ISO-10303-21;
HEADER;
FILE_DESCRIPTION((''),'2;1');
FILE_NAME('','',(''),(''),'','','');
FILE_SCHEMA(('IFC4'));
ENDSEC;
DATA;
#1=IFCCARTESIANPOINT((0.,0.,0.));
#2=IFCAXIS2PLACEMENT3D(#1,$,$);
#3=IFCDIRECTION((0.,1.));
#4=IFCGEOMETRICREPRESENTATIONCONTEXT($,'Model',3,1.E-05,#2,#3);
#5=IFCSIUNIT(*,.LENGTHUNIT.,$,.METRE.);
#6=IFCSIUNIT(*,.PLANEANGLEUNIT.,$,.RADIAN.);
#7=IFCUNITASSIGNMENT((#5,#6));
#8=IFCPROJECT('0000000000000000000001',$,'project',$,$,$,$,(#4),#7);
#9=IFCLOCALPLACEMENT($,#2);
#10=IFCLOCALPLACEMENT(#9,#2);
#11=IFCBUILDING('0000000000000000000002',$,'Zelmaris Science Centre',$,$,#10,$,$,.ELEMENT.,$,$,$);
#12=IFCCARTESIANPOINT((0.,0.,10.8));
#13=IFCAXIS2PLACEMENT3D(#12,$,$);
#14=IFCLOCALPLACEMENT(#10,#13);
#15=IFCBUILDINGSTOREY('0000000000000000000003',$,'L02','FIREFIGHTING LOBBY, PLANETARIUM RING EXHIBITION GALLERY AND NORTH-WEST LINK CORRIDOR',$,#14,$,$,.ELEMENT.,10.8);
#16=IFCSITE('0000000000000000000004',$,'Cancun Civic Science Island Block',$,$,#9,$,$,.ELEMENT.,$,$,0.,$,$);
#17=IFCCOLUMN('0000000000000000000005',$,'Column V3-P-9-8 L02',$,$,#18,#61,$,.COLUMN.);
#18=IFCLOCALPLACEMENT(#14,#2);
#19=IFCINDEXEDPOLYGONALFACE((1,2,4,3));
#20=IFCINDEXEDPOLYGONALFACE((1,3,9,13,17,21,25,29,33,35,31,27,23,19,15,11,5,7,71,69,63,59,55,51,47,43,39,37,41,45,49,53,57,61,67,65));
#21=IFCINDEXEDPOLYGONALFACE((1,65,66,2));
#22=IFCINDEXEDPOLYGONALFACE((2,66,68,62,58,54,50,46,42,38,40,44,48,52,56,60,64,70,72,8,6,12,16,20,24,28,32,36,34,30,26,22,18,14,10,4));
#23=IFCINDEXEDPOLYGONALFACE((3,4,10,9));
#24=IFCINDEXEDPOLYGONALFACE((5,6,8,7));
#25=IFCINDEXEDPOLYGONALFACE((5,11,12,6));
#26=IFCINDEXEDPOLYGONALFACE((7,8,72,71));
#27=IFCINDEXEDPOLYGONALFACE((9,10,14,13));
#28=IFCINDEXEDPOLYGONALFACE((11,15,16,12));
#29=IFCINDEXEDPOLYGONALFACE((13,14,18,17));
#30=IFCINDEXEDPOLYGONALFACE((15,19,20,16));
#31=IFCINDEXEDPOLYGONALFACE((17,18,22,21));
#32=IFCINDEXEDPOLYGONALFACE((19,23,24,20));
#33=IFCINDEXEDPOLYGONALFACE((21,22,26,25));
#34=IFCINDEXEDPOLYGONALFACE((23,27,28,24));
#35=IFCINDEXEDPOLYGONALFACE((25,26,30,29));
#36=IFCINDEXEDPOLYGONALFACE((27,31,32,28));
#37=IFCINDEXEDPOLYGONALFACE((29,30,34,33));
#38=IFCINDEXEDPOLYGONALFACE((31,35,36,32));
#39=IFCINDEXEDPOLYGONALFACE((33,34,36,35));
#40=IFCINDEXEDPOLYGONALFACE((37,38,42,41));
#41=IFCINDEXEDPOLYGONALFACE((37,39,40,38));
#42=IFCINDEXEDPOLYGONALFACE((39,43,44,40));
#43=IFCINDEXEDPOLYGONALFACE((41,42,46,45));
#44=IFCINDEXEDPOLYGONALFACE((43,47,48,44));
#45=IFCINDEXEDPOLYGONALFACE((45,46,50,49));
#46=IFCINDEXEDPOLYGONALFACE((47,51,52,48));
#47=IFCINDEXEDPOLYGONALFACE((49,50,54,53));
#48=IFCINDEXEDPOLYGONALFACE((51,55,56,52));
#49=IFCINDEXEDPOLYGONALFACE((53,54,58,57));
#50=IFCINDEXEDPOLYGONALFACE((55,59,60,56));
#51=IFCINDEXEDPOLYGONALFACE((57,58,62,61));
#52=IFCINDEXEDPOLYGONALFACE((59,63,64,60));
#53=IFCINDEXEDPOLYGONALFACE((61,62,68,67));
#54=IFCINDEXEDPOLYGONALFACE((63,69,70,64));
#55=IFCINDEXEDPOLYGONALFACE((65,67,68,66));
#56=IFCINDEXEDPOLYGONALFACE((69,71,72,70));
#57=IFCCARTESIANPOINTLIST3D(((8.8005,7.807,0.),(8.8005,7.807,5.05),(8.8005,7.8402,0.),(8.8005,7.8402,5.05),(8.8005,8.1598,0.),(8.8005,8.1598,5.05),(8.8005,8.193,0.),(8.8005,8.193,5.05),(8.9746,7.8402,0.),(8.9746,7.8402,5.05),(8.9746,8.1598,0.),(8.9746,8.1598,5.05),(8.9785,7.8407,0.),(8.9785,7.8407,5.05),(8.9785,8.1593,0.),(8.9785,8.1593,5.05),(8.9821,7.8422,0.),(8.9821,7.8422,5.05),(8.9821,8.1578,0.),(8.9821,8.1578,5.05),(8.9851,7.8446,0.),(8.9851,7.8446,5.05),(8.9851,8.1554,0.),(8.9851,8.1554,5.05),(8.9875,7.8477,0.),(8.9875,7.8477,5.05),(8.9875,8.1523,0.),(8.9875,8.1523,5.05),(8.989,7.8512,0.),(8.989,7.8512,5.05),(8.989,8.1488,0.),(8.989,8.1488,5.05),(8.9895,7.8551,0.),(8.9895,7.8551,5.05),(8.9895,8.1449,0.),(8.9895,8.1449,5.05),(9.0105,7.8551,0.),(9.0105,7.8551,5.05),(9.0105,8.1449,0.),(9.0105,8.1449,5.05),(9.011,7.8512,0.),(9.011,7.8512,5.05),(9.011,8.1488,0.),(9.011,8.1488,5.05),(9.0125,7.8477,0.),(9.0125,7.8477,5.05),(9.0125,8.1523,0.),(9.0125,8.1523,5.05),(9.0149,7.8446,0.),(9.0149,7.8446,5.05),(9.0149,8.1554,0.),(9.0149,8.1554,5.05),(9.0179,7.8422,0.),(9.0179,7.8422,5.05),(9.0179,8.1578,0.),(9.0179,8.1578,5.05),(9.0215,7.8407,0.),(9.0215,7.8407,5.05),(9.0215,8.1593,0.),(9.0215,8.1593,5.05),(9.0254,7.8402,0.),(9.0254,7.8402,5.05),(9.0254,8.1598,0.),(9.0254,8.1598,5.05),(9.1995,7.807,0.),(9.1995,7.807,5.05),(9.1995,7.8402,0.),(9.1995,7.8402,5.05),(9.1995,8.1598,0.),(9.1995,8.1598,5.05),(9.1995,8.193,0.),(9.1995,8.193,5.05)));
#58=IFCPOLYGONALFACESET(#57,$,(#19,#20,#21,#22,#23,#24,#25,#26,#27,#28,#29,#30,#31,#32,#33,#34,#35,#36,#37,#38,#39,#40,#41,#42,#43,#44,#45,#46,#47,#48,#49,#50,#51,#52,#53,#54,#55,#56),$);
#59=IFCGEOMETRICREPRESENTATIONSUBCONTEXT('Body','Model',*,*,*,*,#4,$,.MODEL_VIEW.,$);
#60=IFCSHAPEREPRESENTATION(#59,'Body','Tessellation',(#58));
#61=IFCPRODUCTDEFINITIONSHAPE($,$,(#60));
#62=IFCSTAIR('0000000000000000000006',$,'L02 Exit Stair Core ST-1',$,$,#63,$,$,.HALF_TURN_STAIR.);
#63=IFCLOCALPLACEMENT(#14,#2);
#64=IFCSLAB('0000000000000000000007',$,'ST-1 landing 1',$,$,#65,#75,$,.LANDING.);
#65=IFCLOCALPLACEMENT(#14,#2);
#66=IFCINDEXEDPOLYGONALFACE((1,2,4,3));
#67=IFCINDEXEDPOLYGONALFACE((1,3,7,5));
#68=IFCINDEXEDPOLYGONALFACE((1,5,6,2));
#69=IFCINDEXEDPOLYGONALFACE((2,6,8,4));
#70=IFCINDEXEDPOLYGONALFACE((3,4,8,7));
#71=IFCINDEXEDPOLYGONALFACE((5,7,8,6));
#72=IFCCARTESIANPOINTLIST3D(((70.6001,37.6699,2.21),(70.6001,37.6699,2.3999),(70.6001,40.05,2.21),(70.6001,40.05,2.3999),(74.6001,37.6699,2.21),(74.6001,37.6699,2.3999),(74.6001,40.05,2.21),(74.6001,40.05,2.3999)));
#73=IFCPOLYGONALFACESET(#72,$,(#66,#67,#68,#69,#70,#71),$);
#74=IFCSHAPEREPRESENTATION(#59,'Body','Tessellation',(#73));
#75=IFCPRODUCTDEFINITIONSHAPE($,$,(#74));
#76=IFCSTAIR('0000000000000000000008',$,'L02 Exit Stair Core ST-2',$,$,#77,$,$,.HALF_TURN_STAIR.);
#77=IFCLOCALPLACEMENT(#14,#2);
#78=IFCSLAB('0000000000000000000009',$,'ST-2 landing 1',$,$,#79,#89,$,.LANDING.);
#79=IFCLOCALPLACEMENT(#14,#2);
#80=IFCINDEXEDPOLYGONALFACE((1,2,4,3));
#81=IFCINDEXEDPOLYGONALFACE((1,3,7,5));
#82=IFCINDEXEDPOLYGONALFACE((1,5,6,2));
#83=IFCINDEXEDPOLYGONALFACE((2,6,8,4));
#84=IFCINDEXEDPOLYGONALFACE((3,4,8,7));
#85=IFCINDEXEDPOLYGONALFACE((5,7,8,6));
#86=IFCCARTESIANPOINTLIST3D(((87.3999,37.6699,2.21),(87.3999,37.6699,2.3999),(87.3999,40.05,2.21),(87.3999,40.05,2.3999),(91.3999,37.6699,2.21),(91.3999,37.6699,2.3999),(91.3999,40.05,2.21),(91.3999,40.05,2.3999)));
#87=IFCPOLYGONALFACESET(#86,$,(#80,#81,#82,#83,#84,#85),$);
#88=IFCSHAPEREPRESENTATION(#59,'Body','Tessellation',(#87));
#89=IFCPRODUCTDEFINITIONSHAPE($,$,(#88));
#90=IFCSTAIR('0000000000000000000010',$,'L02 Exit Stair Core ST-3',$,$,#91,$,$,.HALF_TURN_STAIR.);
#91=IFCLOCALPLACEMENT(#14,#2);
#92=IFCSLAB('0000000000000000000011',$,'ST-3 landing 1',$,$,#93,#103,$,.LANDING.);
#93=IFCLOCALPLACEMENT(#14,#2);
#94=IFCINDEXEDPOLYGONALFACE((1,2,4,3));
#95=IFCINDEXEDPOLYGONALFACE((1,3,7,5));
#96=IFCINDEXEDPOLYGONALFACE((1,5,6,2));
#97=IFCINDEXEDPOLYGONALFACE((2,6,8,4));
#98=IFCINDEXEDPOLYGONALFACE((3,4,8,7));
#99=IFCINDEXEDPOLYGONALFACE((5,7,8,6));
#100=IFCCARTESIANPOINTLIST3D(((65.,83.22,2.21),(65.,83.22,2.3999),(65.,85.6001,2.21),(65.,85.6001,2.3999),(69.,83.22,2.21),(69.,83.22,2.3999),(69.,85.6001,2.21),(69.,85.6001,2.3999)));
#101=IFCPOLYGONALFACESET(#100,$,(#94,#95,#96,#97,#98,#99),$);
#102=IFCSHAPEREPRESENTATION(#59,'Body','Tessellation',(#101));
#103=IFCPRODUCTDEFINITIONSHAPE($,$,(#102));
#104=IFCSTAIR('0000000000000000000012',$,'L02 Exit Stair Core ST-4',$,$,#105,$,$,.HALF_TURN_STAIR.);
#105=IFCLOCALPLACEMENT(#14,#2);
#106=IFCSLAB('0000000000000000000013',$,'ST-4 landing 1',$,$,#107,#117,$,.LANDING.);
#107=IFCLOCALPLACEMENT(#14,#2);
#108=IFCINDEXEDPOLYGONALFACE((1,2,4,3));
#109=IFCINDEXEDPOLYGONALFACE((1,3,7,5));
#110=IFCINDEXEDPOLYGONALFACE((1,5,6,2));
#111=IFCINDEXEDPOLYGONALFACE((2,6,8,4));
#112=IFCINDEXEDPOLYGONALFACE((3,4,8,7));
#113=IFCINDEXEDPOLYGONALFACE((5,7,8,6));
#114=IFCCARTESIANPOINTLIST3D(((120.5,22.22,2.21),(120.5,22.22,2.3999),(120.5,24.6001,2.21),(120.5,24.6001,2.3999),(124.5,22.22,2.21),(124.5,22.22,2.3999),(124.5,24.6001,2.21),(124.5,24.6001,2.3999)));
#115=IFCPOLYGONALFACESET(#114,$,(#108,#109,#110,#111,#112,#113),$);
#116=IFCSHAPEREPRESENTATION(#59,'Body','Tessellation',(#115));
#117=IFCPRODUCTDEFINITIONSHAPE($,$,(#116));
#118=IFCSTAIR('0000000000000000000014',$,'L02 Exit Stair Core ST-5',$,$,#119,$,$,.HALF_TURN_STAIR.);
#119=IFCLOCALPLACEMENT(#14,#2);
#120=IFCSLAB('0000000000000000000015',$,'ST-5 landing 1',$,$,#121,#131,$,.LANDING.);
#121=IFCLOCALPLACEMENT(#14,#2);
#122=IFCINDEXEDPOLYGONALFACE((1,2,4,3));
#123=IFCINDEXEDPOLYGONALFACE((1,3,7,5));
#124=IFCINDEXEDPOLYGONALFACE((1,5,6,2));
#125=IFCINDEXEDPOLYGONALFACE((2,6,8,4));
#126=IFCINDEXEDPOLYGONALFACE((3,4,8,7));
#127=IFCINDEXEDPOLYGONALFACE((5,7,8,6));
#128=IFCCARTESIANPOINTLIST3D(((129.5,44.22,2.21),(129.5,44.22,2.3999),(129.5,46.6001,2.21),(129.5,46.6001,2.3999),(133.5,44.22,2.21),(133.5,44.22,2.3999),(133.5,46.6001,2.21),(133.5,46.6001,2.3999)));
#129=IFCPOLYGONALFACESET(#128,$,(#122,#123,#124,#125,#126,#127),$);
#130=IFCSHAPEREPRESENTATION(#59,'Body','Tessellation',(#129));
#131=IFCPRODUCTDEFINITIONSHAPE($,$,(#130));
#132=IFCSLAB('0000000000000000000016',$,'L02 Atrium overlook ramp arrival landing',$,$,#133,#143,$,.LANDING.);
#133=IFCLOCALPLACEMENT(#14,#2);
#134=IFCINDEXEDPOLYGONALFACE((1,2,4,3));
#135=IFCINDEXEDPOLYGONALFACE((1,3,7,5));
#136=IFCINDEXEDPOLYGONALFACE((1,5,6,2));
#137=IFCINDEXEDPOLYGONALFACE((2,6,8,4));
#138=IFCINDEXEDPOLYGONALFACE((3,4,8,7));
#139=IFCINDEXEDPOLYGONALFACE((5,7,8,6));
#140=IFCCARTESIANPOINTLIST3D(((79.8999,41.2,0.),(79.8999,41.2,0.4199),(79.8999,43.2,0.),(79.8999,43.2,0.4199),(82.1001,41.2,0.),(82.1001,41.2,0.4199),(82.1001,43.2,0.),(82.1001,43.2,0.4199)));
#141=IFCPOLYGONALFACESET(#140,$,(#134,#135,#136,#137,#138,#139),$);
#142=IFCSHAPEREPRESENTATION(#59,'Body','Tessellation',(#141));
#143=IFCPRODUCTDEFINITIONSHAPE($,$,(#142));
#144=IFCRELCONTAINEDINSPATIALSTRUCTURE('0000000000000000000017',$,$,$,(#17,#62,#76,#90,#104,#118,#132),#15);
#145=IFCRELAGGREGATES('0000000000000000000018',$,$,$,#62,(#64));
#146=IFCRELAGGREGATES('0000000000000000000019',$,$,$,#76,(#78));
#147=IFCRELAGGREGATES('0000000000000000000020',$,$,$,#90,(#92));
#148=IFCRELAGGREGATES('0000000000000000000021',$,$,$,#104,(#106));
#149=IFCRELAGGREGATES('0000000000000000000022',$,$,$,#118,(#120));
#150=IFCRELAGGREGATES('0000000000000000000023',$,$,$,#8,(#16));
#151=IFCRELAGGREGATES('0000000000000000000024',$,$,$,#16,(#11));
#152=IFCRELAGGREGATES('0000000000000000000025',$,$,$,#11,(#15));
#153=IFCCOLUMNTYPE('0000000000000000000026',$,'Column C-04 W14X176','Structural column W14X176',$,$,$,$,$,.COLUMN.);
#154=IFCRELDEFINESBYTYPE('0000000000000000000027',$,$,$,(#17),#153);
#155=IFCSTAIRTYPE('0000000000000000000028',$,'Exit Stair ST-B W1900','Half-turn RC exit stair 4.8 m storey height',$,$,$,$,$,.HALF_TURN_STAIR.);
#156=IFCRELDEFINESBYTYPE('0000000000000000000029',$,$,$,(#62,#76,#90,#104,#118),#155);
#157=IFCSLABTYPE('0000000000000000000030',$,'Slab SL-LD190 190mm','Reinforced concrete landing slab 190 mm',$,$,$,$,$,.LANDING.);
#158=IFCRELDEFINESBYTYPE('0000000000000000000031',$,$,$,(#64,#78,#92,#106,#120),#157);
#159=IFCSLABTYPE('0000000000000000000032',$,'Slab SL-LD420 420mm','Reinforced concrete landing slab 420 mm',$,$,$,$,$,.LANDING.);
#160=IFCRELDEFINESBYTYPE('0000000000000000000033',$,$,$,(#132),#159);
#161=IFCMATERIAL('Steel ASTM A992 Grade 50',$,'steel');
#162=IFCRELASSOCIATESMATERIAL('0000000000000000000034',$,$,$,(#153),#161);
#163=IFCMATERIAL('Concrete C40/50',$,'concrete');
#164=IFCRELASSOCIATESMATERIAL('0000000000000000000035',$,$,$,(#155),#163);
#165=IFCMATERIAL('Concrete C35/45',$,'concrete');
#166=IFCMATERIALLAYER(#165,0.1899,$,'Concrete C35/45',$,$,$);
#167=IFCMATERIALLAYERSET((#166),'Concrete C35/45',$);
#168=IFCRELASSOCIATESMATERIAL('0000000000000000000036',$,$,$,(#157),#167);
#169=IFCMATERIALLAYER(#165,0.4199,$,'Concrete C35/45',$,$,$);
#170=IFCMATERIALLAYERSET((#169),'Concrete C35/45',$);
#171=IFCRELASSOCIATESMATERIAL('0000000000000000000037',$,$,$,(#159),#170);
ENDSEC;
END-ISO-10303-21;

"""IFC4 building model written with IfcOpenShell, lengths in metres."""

from ifc_helpers import new_model, si_unit, direction, frame, origin, origin_2d, place, context, subcontext, project, spatial, polyline, i_section, outline, extrude, material, layer, layer_set, material_profile, profile_set, type_object, element, aggregate, save


model = new_model("IFC4")

# Units and contexts
model_context = context("Model", 3, precision=1e-05, world=origin(), true_north=direction((0.0, 1.0)))
body_context = subcontext(model_context, "Body", "Model", "MODEL_VIEW")
ifc_project = project(units=[si_unit("LENGTHUNIT", "METRE"), si_unit("PLANEANGLEUNIT", "RADIAN")], contexts=[model_context])

# Site, building, storey
site_placement = place(None, origin())
site = spatial("IfcSite", under=ifc_project, at=site_placement, Name="Cancun Civic Science Island Block", CompositionType="ELEMENT", RefElevation=0.0)
building_placement = place(site_placement, origin())
building = spatial("IfcBuilding", under=site, at=building_placement, Name="Zelmaris Science Centre", CompositionType="ELEMENT")
storey_placement = place(building_placement, frame((0.0, 0.0, 10.8)))
storey = spatial("IfcBuildingStorey", under=building, at=storey_placement, Name="L02", Description="FIREFIGHTING LOBBY, PLANETARIUM RING EXHIBITION GALLERY AND NORTH-WEST LINK CORRIDOR", CompositionType="ELEMENT", Elevation=10.8)

# Column
ifc_material_1 = material(Name="Steel ASTM A992 Grade 50", Category="steel")
ifc_material_profile = material_profile(ifc_material_1, i_section(OverallWidth=0.3989, OverallDepth=0.386, WebThickness=0.021, FlangeThickness=0.0332, FilletRadius=0.0149, at=origin_2d()), Name="W14X176")
ifc_profile_set = profile_set([ifc_material_profile], Name="Steel ASTM A992 Grade 50")
column_type = type_object("IfcColumnType", Name="Column C-04 W14X176", Description="Structural column W14X176", PredefinedType="COLUMN", material=ifc_profile_set)
column_placement = place(storey_placement, frame((9.0, 8.0, 0.0), z_axis=(0.0, 0.0, 1.0), x_axis=(1.0, 0.0, 0.0)))
element("IfcColumn", 1, at=column_placement, inside=storey, type_object=column_type, Name="Column V3-P-9-8 L02", PredefinedType="COLUMN", context=body_context, shape_type="SweptSolid", body=[
    extrude(i_section(OverallWidth=0.3989, OverallDepth=0.386, WebThickness=0.021, FlangeThickness=0.0332, FilletRadius=0.0149, at=origin_2d()), origin(), (0.0, 0.0, 1.0), 5.05),
])

# Stairs, slabs
ifc_material_2 = material(Name="Concrete C40/50", Category="concrete")
stair_type = type_object("IfcStairType", Name="Exit Stair ST-B W1900", Description="Half-turn RC exit stair 4.8 m storey height", PredefinedType="HALF_TURN_STAIR", material=ifc_material_2)
stair_1_placement = place(storey_placement, origin())
stair_1 = element("IfcStair", 2, at=stair_1_placement, inside=storey, type_object=stair_type, Name="L02 Exit Stair Core ST-1", PredefinedType="HALF_TURN_STAIR")
ifc_material_3 = material(Name="Concrete C35/45", Category="concrete")
ifc_layer_1 = layer(ifc_material_3, 0.1899, Name="Concrete C35/45")
ifc_layer_set_1 = layer_set([ifc_layer_1], Name="Concrete C35/45")
slab_type_1 = type_object("IfcSlabType", Name="Slab SL-LD190 190mm", Description="Reinforced concrete landing slab 190 mm", PredefinedType="LANDING", material=ifc_layer_set_1)
slab_1_placement = place(storey_placement, frame((0.0, 0.0, 2.21)))
slab_1 = element("IfcSlab", 3, at=slab_1_placement, type_object=slab_type_1, Name="ST-1 landing 1", PredefinedType="LANDING", context=body_context, shape_type="SweptSolid", body=[
    extrude(outline(polyline([(74.6001, 37.6699), (74.6001, 40.05), (70.6001, 40.05), (70.6001, 37.6699), (74.6001, 37.6699)])), origin(), (0.0, 0.0, 1.0), 0.1899),
])
aggregate(stair_1, [slab_1])
stair_2_placement = place(storey_placement, origin())
stair_2 = element("IfcStair", 4, at=stair_2_placement, inside=storey, type_object=stair_type, Name="L02 Exit Stair Core ST-2", PredefinedType="HALF_TURN_STAIR")
slab_2_placement = place(storey_placement, frame((0.0, 0.0, 2.21)))
slab_2 = element("IfcSlab", 5, at=slab_2_placement, type_object=slab_type_1, Name="ST-2 landing 1", PredefinedType="LANDING", context=body_context, shape_type="SweptSolid", body=[
    extrude(outline(polyline([(91.3999, 37.6699), (91.3999, 40.05), (87.3999, 40.05), (87.3999, 37.6699), (91.3999, 37.6699)])), origin(), (0.0, 0.0, 1.0), 0.1899),
])
aggregate(stair_2, [slab_2])
stair_3_placement = place(storey_placement, origin())
stair_3 = element("IfcStair", 6, at=stair_3_placement, inside=storey, type_object=stair_type, Name="L02 Exit Stair Core ST-3", PredefinedType="HALF_TURN_STAIR")
slab_3_placement = place(storey_placement, frame((0.0, 0.0, 2.21)))
slab_3 = element("IfcSlab", 7, at=slab_3_placement, type_object=slab_type_1, Name="ST-3 landing 1", PredefinedType="LANDING", context=body_context, shape_type="SweptSolid", body=[
    extrude(outline(polyline([(69.0, 83.22), (69.0, 85.6001), (65.0, 85.6001), (65.0, 83.22), (69.0, 83.22)])), origin(), (0.0, 0.0, 1.0), 0.1899),
])
aggregate(stair_3, [slab_3])
stair_4_placement = place(storey_placement, origin())
stair_4 = element("IfcStair", 8, at=stair_4_placement, inside=storey, type_object=stair_type, Name="L02 Exit Stair Core ST-4", PredefinedType="HALF_TURN_STAIR")
slab_4_placement = place(storey_placement, frame((0.0, 0.0, 2.21)))
slab_4 = element("IfcSlab", 9, at=slab_4_placement, type_object=slab_type_1, Name="ST-4 landing 1", PredefinedType="LANDING", context=body_context, shape_type="SweptSolid", body=[
    extrude(outline(polyline([(124.5, 22.22), (124.5, 24.6001), (120.5, 24.6001), (120.5, 22.22), (124.5, 22.22)])), origin(), (0.0, 0.0, 1.0), 0.1899),
])
aggregate(stair_4, [slab_4])
stair_5_placement = place(storey_placement, origin())
stair_5 = element("IfcStair", 10, at=stair_5_placement, inside=storey, type_object=stair_type, Name="L02 Exit Stair Core ST-5", PredefinedType="HALF_TURN_STAIR")
slab_5_placement = place(storey_placement, frame((0.0, 0.0, 2.21)))
slab_5 = element("IfcSlab", 11, at=slab_5_placement, type_object=slab_type_1, Name="ST-5 landing 1", PredefinedType="LANDING", context=body_context, shape_type="SweptSolid", body=[
    extrude(outline(polyline([(133.5, 44.22), (133.5, 46.6001), (129.5, 46.6001), (129.5, 44.22), (133.5, 44.22)])), origin(), (0.0, 0.0, 1.0), 0.1899),
])
aggregate(stair_5, [slab_5])

# Slab
ifc_layer_2 = layer(ifc_material_3, 0.4199, Name="Concrete C35/45")
ifc_layer_set_2 = layer_set([ifc_layer_2], Name="Concrete C35/45")
slab_type_2 = type_object("IfcSlabType", Name="Slab SL-LD420 420mm", Description="Reinforced concrete landing slab 420 mm", PredefinedType="LANDING", material=ifc_layer_set_2)
slab_6_placement = place(storey_placement, origin())
element("IfcSlab", 12, at=slab_6_placement, inside=storey, type_object=slab_type_2, Name="L02 Atrium overlook ramp arrival landing", PredefinedType="LANDING", context=body_context, shape_type="SweptSolid", body=[
    extrude(outline(polyline([(79.8999, 41.2), (82.1001, 41.2), (82.1001, 43.2), (79.8999, 43.2), (79.8999, 41.2)])), origin(), (0.0, 0.0, 1.0), 0.4199),
])

save(model, "model.ifc")
